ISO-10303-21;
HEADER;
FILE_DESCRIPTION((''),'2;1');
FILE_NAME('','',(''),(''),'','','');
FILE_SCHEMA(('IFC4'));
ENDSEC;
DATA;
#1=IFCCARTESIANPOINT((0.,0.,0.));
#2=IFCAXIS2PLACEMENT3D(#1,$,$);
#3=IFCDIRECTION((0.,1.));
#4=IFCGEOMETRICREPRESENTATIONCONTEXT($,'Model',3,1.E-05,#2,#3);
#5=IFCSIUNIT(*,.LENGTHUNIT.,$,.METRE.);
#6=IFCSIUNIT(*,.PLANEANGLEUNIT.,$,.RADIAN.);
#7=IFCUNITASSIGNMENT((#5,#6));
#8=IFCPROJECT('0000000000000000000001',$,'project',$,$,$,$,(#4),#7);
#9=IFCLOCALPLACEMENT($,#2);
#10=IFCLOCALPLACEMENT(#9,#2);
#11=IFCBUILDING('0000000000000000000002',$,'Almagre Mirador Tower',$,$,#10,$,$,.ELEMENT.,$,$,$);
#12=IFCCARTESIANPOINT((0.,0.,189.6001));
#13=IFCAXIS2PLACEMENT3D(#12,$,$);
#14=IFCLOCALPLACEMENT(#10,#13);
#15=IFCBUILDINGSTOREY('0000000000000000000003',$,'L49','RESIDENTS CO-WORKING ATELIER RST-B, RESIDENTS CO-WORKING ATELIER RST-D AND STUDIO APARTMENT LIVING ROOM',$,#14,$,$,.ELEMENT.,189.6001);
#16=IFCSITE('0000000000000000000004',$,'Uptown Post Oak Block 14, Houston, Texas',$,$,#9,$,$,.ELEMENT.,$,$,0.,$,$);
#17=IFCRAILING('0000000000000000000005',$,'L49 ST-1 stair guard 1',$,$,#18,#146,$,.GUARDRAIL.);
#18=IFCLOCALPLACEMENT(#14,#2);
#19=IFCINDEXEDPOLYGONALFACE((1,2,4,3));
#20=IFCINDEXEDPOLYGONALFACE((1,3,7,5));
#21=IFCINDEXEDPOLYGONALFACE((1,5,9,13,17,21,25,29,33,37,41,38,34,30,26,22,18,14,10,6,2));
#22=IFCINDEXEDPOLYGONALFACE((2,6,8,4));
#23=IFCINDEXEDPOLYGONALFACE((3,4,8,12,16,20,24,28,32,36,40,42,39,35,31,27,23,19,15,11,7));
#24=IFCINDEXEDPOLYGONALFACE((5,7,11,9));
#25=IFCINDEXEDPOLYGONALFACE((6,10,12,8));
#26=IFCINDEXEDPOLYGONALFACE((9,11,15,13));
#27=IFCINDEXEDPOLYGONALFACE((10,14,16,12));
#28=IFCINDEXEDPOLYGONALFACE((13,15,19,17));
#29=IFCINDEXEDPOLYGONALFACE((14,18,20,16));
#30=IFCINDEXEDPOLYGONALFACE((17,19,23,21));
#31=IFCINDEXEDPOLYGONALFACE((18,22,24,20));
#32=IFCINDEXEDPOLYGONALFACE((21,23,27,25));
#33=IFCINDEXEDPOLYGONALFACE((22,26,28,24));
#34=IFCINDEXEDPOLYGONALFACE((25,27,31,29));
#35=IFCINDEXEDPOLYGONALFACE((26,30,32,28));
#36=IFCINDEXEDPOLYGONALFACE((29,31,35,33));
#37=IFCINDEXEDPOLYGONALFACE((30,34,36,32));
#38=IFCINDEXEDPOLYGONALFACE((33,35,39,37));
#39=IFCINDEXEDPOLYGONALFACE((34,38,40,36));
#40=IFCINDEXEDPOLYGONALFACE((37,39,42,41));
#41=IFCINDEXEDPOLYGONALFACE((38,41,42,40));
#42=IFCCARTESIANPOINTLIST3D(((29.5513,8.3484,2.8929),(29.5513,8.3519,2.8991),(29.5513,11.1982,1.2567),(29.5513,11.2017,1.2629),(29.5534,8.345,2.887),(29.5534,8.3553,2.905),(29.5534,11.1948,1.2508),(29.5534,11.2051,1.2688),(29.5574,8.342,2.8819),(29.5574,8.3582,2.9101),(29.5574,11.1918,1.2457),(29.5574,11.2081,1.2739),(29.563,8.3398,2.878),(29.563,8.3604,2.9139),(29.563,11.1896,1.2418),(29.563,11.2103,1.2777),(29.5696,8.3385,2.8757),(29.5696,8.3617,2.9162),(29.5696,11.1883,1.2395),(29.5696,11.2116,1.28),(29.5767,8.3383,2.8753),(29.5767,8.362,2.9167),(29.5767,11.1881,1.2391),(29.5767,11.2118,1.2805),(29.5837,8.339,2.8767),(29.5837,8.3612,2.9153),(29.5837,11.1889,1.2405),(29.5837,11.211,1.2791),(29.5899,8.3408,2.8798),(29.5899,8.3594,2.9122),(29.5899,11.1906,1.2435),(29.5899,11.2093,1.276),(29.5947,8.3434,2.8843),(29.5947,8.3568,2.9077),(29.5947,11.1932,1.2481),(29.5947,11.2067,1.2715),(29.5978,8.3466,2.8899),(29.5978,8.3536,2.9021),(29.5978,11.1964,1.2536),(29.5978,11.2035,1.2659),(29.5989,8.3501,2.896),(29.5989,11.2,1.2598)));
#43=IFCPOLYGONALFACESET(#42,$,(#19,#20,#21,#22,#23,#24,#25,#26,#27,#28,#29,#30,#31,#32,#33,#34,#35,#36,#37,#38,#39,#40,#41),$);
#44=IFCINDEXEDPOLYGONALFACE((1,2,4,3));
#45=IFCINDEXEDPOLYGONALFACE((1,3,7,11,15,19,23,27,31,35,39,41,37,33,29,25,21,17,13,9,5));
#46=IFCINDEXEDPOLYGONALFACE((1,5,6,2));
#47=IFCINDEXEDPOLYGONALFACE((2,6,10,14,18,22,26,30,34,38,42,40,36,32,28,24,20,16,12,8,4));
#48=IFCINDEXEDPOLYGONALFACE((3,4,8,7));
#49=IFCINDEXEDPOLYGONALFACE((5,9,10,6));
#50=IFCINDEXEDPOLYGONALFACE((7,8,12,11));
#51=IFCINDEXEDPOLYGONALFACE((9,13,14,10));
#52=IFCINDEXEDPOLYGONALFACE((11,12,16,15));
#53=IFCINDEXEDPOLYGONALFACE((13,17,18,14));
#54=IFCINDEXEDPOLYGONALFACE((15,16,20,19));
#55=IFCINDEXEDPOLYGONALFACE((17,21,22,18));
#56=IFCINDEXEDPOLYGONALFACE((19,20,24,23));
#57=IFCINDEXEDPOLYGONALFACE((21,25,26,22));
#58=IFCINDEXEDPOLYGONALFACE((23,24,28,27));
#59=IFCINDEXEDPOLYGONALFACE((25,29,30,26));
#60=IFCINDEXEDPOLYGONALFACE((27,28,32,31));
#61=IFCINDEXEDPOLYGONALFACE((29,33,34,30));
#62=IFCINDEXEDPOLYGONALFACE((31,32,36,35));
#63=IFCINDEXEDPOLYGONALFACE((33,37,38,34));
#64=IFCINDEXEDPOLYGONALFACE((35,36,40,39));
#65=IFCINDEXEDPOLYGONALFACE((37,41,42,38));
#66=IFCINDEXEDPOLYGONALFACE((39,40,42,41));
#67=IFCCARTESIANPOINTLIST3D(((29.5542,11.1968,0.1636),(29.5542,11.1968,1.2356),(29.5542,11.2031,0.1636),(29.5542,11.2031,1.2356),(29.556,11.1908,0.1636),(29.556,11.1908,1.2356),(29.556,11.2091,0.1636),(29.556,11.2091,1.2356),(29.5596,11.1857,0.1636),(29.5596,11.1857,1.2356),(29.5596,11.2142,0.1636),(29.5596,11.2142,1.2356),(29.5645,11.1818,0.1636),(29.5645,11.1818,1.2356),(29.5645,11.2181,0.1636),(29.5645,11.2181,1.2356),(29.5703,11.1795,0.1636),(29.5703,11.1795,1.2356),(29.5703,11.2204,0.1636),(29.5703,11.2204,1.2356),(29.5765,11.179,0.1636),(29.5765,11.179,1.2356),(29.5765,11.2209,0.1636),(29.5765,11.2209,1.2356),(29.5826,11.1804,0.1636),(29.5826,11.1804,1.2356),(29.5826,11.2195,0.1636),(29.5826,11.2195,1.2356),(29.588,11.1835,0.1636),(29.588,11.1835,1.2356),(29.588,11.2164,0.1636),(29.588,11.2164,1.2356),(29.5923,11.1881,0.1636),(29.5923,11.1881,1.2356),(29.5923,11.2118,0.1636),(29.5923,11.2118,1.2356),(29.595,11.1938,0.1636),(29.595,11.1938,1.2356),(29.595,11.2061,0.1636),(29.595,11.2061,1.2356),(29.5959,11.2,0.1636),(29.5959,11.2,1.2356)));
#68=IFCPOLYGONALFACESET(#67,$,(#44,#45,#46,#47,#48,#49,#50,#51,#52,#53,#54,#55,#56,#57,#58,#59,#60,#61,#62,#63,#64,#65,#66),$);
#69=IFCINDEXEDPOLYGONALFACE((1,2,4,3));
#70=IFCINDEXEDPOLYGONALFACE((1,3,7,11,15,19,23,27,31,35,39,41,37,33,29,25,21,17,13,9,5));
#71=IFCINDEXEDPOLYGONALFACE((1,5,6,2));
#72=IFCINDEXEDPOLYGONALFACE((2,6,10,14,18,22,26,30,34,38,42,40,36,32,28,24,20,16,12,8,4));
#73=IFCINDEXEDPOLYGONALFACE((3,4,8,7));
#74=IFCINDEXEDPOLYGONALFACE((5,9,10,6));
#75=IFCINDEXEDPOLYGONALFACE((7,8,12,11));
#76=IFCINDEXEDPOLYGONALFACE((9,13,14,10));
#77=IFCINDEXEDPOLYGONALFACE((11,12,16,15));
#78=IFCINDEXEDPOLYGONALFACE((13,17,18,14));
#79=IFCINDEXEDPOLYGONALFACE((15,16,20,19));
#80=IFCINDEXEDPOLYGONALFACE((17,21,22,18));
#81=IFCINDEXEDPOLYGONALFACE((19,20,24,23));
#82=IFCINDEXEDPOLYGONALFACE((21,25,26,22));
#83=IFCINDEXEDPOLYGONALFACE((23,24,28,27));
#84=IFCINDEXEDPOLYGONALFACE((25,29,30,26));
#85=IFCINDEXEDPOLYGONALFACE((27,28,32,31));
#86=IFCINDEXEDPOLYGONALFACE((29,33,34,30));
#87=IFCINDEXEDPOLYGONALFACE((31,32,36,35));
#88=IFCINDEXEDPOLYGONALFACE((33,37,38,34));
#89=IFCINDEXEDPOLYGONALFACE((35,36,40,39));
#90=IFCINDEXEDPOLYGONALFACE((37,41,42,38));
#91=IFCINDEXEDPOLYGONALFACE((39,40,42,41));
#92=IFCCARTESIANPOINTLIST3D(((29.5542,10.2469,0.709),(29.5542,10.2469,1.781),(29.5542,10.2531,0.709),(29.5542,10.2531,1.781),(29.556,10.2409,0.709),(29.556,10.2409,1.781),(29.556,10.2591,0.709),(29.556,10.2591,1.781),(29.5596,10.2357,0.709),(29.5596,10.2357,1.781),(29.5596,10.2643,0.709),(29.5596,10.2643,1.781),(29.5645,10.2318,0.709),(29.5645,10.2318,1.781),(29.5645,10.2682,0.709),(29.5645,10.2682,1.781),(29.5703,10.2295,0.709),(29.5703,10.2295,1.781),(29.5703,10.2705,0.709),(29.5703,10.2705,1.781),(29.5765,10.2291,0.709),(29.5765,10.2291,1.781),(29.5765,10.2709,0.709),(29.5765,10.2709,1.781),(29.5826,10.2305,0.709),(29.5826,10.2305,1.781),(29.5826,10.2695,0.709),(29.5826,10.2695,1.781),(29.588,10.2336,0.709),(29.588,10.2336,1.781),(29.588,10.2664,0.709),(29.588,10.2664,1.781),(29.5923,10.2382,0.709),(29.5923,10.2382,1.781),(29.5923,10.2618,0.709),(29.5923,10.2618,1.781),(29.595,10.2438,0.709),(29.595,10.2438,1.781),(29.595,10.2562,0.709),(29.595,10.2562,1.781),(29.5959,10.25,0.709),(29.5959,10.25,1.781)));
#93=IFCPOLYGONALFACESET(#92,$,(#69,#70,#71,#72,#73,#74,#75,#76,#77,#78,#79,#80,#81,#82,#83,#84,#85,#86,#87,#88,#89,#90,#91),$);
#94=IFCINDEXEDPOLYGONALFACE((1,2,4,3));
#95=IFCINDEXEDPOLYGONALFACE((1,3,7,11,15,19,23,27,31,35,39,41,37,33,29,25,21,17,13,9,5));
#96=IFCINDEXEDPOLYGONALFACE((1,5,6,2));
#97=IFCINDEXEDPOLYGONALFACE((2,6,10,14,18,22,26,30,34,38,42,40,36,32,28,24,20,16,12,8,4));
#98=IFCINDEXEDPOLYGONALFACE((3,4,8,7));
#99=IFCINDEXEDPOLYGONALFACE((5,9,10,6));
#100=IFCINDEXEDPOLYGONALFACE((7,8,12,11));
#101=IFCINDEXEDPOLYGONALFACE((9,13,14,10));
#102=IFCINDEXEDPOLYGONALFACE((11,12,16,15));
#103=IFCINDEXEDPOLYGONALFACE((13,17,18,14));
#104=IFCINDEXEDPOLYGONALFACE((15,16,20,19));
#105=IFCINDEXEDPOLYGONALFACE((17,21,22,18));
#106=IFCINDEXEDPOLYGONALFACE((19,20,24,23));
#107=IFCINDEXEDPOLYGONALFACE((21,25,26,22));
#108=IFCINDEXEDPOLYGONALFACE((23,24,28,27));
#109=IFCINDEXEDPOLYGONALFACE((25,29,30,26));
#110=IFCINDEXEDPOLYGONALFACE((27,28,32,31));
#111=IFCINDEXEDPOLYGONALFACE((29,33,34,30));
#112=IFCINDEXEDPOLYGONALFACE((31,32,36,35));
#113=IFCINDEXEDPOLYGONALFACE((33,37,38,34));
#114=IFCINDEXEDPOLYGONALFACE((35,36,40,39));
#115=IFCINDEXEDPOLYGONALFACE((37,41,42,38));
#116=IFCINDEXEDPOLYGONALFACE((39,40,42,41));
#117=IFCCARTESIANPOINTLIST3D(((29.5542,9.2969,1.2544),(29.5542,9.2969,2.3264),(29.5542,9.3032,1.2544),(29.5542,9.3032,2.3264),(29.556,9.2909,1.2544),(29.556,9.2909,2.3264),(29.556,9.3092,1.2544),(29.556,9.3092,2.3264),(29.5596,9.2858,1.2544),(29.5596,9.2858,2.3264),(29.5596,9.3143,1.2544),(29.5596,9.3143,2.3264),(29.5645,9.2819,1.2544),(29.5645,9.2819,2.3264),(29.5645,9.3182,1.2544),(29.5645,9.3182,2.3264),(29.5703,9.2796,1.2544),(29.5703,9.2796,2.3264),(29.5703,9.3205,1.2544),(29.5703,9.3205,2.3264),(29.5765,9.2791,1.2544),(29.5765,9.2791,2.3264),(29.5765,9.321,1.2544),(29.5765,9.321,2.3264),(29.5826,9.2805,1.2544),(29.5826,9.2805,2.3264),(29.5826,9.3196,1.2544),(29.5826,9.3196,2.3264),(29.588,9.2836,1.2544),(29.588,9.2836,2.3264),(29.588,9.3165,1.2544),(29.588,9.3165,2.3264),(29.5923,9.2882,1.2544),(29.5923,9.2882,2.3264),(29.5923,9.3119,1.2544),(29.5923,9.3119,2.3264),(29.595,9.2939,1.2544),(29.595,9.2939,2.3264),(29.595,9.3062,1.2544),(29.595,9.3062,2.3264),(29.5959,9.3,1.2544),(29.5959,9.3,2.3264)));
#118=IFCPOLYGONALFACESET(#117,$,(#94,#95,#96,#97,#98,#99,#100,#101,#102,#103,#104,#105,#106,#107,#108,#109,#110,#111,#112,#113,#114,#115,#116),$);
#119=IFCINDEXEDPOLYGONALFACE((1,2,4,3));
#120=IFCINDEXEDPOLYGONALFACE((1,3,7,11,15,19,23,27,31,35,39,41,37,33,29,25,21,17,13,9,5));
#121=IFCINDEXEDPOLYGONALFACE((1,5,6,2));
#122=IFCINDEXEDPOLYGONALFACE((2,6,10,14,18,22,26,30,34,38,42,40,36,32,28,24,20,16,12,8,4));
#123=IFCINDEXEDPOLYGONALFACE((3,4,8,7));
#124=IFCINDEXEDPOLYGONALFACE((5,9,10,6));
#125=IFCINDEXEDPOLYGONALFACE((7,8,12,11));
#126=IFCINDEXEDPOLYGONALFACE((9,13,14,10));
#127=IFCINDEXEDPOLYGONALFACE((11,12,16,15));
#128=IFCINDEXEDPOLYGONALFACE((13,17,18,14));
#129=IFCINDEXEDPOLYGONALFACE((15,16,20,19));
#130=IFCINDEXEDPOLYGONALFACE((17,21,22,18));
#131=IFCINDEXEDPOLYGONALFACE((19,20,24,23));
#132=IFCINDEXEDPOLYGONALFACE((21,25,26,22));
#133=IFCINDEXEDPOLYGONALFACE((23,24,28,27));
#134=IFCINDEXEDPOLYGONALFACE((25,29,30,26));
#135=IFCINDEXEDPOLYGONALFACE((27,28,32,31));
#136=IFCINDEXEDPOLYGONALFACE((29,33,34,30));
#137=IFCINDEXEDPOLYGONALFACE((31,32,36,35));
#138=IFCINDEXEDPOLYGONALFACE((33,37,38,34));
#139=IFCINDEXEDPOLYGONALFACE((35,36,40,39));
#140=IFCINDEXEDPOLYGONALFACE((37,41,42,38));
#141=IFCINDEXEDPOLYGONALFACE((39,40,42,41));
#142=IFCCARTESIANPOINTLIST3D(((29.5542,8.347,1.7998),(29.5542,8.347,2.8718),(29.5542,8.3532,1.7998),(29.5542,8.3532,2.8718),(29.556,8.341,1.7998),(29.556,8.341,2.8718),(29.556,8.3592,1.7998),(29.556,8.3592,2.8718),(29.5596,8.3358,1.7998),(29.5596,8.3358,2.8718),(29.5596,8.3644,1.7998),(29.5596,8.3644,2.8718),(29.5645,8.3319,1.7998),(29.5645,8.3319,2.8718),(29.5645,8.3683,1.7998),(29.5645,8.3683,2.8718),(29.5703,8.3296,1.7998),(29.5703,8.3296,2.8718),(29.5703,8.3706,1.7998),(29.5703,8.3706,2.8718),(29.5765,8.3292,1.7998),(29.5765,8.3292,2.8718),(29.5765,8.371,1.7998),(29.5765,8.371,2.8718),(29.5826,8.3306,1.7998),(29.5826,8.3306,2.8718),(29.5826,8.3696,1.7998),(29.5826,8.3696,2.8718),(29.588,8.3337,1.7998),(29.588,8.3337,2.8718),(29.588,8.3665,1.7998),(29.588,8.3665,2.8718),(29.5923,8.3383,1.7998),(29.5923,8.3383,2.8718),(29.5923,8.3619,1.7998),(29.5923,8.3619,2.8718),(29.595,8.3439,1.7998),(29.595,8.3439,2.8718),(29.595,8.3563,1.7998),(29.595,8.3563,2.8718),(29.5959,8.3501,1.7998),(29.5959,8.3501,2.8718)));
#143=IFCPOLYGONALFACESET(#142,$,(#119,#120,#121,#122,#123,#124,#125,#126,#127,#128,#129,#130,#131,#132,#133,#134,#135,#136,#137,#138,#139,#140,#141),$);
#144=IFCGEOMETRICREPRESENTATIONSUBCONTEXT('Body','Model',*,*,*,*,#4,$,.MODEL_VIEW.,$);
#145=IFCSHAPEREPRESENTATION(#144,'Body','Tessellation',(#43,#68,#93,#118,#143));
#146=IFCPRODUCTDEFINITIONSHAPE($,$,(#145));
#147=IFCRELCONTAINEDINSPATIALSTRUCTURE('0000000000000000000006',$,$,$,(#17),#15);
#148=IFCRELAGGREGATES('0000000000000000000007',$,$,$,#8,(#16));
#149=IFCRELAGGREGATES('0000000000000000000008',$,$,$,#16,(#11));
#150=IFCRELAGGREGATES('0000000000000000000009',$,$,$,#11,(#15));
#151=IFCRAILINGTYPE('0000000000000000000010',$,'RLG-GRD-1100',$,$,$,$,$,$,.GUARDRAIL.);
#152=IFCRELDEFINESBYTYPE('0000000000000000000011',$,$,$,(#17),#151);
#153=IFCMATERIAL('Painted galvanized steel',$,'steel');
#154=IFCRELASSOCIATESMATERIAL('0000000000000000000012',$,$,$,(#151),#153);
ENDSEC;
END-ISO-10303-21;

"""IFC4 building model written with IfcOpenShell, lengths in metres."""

from ifc_helpers import new_model, si_unit, direction, frame, origin, origin_2d, place, context, subcontext, project, spatial, circle, extrude, material, type_object, element, save


model = new_model("IFC4")

# Units and contexts
model_context = context("Model", 3, precision=1e-05, world=origin(), true_north=direction((0.0, 1.0)))
body_context = subcontext(model_context, "Body", "Model", "MODEL_VIEW")
ifc_project = project(units=[si_unit("LENGTHUNIT", "METRE"), si_unit("PLANEANGLEUNIT", "RADIAN")], contexts=[model_context])

# Site, building, storey
site_placement = place(None, origin())
site = spatial("IfcSite", under=ifc_project, at=site_placement, Name="Uptown Post Oak Block 14, Houston, Texas", CompositionType="ELEMENT", RefElevation=0.0)
building_placement = place(site_placement, origin())
building = spatial("IfcBuilding", under=site, at=building_placement, Name="Almagre Mirador Tower", CompositionType="ELEMENT")
storey_placement = place(building_placement, frame((0.0, 0.0, 189.6001)))
storey = spatial("IfcBuildingStorey", under=building, at=storey_placement, Name="L49", Description="RESIDENTS CO-WORKING ATELIER RST-B, RESIDENTS CO-WORKING ATELIER RST-D AND STUDIO APARTMENT LIVING ROOM", CompositionType="ELEMENT", Elevation=189.6001)

# Railing
ifc_material_1 = material(Name="Painted galvanized steel", Category="steel")
railing_type_1 = type_object("IfcRailingType", Name="RLG-GRD-1100", PredefinedType="GUARDRAIL", material=ifc_material_1)
railing_1_placement = place(storey_placement, frame((29.575, 11.2, 0.1636)))
element("IfcRailing", 1, at=railing_1_placement, inside=storey, type_object=railing_type_1, Name="L49 ST-1 stair guard 1", PredefinedType="GUARDRAIL", context=body_context, shape_type="SweptSolid", body=[
    extrude(circle(Radius=0.0239, at=origin_2d()), frame((0.0, 0.0, 1.0962), z_axis=(0.0, -0.867226, 0.497914), x_axis=(1.0, 0.0, 0.0)), (0.0, 0.0, 1.0), 3.2861),
    extrude(circle(Radius=0.021, at=origin_2d()), origin(), (0.0, 0.0, 1.0), 1.072),
    extrude(circle(Radius=0.021, at=origin_2d()), frame((0.0, -0.95, 0.5454)), (0.0, 0.0, 1.0), 1.072),
    extrude(circle(Radius=0.021, at=origin_2d()), frame((0.0, -1.8999, 1.0908)), (0.0, 0.0, 1.0), 1.072),
    extrude(circle(Radius=0.021, at=origin_2d()), frame((0.0, -2.8499, 1.6362)), (0.0, 0.0, 1.0), 1.072),
])

save(model, "model.ifc")
